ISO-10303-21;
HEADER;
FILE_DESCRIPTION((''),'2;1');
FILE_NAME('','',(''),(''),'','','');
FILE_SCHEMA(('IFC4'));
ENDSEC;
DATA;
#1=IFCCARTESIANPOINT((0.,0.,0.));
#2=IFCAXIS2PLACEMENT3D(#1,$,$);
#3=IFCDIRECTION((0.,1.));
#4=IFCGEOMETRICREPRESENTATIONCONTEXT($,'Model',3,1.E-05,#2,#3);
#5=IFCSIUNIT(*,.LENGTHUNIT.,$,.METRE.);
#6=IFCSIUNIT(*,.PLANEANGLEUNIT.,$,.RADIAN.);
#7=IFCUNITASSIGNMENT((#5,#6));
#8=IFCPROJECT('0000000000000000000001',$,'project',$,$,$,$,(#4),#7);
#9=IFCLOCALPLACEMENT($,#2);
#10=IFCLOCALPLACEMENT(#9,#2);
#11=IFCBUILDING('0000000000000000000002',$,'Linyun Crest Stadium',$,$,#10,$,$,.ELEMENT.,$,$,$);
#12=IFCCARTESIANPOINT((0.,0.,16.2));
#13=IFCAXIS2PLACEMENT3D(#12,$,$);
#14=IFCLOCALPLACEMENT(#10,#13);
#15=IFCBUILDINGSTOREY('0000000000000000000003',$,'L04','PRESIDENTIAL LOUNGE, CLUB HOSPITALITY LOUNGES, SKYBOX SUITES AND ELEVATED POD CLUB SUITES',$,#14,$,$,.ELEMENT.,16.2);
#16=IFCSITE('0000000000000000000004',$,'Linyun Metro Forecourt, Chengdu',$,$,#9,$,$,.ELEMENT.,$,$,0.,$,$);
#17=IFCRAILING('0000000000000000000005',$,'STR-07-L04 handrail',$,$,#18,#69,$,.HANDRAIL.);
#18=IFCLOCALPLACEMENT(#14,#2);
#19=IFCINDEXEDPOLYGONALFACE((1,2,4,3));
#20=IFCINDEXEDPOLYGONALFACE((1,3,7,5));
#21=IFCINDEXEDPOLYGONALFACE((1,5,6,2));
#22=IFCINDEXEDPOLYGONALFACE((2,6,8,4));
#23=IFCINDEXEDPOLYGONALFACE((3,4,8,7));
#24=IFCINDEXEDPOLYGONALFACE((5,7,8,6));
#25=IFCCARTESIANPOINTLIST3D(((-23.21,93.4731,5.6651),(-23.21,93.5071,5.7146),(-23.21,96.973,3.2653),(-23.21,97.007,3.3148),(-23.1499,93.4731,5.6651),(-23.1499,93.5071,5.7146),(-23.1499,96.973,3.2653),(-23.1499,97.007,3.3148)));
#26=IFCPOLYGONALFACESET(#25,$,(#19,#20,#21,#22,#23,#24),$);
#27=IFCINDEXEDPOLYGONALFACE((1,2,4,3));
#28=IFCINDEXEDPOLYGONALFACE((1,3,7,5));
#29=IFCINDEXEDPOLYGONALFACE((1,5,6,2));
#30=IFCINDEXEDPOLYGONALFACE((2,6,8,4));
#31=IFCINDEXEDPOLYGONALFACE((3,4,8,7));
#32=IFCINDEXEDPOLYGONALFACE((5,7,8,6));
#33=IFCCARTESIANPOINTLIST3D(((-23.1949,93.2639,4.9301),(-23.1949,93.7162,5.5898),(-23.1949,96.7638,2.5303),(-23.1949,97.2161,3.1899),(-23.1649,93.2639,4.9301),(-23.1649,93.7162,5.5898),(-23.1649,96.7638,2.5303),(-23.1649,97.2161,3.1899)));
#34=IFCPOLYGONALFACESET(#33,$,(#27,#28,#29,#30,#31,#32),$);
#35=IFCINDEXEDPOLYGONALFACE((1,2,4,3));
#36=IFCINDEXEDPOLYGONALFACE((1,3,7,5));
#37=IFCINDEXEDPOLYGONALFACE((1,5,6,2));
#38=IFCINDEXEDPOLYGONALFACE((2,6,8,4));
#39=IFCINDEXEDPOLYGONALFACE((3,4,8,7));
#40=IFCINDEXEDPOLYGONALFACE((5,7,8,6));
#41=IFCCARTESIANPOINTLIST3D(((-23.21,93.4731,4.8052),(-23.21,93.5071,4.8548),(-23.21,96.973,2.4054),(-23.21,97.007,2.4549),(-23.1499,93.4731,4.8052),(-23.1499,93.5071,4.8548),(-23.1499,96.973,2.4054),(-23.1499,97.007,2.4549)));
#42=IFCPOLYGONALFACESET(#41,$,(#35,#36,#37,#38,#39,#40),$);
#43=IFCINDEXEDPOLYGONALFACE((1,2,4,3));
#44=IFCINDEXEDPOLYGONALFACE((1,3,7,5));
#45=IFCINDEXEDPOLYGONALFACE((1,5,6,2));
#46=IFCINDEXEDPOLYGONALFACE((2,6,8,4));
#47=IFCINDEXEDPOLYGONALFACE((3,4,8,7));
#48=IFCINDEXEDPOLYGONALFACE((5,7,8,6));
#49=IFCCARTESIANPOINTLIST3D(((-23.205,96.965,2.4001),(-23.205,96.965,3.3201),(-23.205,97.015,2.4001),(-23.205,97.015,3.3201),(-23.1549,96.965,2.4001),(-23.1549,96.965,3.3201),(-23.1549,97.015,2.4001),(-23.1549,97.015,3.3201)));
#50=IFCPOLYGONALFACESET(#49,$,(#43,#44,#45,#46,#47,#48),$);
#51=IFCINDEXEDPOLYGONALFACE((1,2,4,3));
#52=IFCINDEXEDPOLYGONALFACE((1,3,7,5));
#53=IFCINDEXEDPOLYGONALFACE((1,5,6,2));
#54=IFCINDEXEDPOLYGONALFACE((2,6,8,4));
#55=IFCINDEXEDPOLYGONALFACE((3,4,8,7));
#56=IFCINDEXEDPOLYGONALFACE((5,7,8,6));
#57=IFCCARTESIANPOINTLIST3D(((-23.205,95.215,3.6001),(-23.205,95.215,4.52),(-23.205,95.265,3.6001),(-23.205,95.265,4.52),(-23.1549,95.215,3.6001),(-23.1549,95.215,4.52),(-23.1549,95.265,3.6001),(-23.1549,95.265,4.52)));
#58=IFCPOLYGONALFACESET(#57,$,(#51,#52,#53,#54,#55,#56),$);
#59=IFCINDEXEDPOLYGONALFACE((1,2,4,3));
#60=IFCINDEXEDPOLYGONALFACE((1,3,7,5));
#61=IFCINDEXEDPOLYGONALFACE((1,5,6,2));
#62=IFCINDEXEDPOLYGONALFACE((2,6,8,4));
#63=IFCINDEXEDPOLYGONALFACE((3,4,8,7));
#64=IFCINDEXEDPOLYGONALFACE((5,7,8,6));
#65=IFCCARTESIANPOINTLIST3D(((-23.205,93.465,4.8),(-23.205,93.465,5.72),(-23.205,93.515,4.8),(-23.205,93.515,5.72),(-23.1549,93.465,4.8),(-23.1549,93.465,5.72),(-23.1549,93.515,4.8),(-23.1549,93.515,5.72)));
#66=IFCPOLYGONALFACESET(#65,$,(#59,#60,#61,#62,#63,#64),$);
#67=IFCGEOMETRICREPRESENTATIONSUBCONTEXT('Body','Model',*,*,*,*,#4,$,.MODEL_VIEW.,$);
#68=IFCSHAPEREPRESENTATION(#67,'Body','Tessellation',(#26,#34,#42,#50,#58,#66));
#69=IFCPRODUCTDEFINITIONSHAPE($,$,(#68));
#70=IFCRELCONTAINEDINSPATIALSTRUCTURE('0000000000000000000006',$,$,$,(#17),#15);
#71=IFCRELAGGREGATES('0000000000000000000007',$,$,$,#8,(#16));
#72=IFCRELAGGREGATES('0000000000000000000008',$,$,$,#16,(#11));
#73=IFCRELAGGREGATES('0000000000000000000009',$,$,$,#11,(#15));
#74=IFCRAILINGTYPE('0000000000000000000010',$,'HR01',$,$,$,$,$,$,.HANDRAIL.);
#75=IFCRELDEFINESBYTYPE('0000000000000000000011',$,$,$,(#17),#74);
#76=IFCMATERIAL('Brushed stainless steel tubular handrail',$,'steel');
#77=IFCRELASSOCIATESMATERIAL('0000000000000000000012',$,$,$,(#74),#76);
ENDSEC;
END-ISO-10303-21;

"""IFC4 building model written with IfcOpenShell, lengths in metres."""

from ifc_helpers import new_model, si_unit, direction, frame, origin, origin_2d, place, context, subcontext, project, spatial, rectangle, extrude, material, type_object, element, save


model = new_model("IFC4")

# Units and contexts
model_context = context("Model", 3, precision=1e-05, world=origin(), true_north=direction((0.0, 1.0)))
body_context = subcontext(model_context, "Body", "Model", "MODEL_VIEW")
ifc_project = project(units=[si_unit("LENGTHUNIT", "METRE"), si_unit("PLANEANGLEUNIT", "RADIAN")], contexts=[model_context])

# Site, building, storey
site_placement = place(None, origin())
site = spatial("IfcSite", under=ifc_project, at=site_placement, Name="Linyun Metro Forecourt, Chengdu", CompositionType="ELEMENT", RefElevation=0.0)
building_placement = place(site_placement, origin())
building = spatial("IfcBuilding", under=site, at=building_placement, Name="Linyun Crest Stadium", CompositionType="ELEMENT")
storey_placement = place(building_placement, frame((0.0, 0.0, 16.2)))
storey = spatial("IfcBuildingStorey", under=building, at=storey_placement, Name="L04", Description="PRESIDENTIAL LOUNGE, CLUB HOSPITALITY LOUNGES, SKYBOX SUITES AND ELEVATED POD CLUB SUITES", CompositionType="ELEMENT", Elevation=16.2)

# Railing
ifc_material_1 = material(Name="Brushed stainless steel tubular handrail", Category="steel")
railing_type_1 = type_object("IfcRailingType", Name="HR01", PredefinedType="HANDRAIL", material=ifc_material_1)
railing_1_placement = place(storey_placement, frame((-23.1799, 96.99, 2.4001)))
element("IfcRailing", 1, at=railing_1_placement, inside=storey, type_object=railing_type_1, Name="STR-07-L04 handrail", PredefinedType="HANDRAIL", context=body_context, shape_type="SweptSolid", body=[
    extrude(rectangle(XDim=0.0601, YDim=0.0601, at=origin_2d()), frame((0.0, 0.0, 0.8899), z_axis=(0.0, -0.82474, 0.565513), x_axis=(1.0, 0.0, 0.0)), (0.0, 0.0, 1.0), 4.2437),
    extrude(rectangle(XDim=0.03, YDim=0.7998, at=origin_2d()), frame((0.0, 0.0, 0.46), z_axis=(0.0, -0.82474, 0.565513), x_axis=(1.0, 0.0, 0.0)), (0.0, 0.0, 1.0), 4.2437),
    extrude(rectangle(XDim=0.0601, YDim=0.0601, at=origin_2d()), frame((0.0, 0.0, 0.03), z_axis=(0.0, -0.82474, 0.565513), x_axis=(1.0, 0.0, 0.0)), (0.0, 0.0, 1.0), 4.2437),
    extrude(rectangle(XDim=0.05, YDim=0.05, at=origin_2d()), origin(), (0.0, 0.0, 1.0), 0.9199),
    extrude(rectangle(XDim=0.05, YDim=0.05, at=origin_2d()), frame((0.0, -1.75, 1.2)), (0.0, 0.0, 1.0), 0.9199),
    extrude(rectangle(XDim=0.05, YDim=0.05, at=origin_2d()), frame((0.0, -3.5, 2.3999)), (0.0, 0.0, 1.0), 0.9199),
])

save(model, "model.ifc")
